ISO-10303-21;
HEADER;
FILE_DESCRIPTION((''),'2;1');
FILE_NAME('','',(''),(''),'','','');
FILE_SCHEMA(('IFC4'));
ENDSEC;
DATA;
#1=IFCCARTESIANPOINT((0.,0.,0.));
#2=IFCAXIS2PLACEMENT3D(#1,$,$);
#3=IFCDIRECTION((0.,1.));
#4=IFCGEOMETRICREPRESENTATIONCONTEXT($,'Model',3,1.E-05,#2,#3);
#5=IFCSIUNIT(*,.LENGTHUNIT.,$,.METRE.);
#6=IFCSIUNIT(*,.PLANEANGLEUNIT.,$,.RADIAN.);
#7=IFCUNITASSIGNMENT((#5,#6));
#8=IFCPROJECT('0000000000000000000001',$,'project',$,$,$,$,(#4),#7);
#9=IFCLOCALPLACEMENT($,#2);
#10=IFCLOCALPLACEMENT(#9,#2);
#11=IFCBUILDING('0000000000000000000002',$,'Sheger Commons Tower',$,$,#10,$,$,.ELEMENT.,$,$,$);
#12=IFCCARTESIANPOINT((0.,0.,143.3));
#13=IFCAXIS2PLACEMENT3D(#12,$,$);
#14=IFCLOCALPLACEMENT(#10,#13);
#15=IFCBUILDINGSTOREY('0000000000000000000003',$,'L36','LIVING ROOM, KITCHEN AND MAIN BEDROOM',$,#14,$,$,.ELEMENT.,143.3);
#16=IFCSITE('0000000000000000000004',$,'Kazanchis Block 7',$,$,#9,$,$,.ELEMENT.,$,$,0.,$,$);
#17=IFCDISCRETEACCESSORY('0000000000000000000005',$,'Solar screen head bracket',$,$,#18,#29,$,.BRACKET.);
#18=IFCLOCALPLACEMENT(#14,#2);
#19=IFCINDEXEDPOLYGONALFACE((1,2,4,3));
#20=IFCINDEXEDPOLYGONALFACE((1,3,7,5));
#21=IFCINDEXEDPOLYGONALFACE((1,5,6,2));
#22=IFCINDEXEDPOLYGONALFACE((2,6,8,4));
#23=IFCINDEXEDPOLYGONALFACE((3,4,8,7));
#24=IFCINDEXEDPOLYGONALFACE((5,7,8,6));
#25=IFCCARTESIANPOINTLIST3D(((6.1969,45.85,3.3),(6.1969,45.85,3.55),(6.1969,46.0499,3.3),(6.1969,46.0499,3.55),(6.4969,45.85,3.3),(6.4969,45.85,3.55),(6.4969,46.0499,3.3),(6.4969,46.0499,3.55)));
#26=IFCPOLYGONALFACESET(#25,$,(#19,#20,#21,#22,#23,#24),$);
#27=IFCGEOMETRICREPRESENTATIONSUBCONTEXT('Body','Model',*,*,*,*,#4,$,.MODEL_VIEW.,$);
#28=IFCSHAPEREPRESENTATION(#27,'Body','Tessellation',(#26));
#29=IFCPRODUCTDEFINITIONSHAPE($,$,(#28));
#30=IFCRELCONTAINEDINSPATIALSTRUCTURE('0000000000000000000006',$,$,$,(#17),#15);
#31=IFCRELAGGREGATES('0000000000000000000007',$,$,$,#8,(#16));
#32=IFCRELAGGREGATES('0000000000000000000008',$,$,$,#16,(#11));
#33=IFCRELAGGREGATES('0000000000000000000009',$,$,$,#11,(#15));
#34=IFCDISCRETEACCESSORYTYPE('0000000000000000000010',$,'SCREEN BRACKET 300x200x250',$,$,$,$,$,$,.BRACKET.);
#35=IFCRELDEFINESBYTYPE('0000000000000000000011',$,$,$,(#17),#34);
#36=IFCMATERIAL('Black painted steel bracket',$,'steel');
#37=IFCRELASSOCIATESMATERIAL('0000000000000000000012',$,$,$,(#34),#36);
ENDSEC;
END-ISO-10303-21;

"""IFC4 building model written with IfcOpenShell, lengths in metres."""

from ifc_helpers import new_model, si_unit, direction, frame, origin, origin_2d, place, context, subcontext, project, spatial, rectangle, extrude, material, type_object, element, save


model = new_model("IFC4")

# Units and contexts
model_context = context("Model", 3, precision=1e-05, world=origin(), true_north=direction((0.0, 1.0)))
body_context = subcontext(model_context, "Body", "Model", "MODEL_VIEW")
ifc_project = project(units=[si_unit("LENGTHUNIT", "METRE"), si_unit("PLANEANGLEUNIT", "RADIAN")], contexts=[model_context])

# Site, building, storey
site_placement = place(None, origin())
site = spatial("IfcSite", under=ifc_project, at=site_placement, Name="Kazanchis Block 7", CompositionType="ELEMENT", RefElevation=0.0)
building_placement = place(site_placement, origin())
building = spatial("IfcBuilding", under=site, at=building_placement, Name="Sheger Commons Tower", CompositionType="ELEMENT")
storey_placement = place(building_placement, frame((0.0, 0.0, 143.3)))
storey = spatial("IfcBuildingStorey", under=building, at=storey_placement, Name="L36", Description="LIVING ROOM, KITCHEN AND MAIN BEDROOM", CompositionType="ELEMENT", Elevation=143.3)

# Discrete accessory
ifc_material_1 = material(Name="Black painted steel bracket", Category="steel")
discrete_accessory_type = type_object("IfcDiscreteAccessoryType", Name="SCREEN BRACKET 300x200x250", PredefinedType="BRACKET", material=ifc_material_1)
for number, where, z_axis, x_axis, name in (
    (1, (6.3469, 45.95, 3.3), (0.0, 0.0, 1.0), (-1.0, 0.0, 0.0), "Solar screen head bracket"),
):
    element("IfcDiscreteAccessory", number, at=place(storey_placement, frame(where, z_axis=z_axis, x_axis=x_axis)), inside=storey, type_object=discrete_accessory_type, Name=name, PredefinedType="BRACKET", context=body_context, shape_type="SweptSolid", body=[
        extrude(rectangle(XDim=0.3, YDim=0.2, at=origin_2d()), origin(), (0.0, 0.0, 1.0), 0.25),
    ])

save(model, "model.ifc")
